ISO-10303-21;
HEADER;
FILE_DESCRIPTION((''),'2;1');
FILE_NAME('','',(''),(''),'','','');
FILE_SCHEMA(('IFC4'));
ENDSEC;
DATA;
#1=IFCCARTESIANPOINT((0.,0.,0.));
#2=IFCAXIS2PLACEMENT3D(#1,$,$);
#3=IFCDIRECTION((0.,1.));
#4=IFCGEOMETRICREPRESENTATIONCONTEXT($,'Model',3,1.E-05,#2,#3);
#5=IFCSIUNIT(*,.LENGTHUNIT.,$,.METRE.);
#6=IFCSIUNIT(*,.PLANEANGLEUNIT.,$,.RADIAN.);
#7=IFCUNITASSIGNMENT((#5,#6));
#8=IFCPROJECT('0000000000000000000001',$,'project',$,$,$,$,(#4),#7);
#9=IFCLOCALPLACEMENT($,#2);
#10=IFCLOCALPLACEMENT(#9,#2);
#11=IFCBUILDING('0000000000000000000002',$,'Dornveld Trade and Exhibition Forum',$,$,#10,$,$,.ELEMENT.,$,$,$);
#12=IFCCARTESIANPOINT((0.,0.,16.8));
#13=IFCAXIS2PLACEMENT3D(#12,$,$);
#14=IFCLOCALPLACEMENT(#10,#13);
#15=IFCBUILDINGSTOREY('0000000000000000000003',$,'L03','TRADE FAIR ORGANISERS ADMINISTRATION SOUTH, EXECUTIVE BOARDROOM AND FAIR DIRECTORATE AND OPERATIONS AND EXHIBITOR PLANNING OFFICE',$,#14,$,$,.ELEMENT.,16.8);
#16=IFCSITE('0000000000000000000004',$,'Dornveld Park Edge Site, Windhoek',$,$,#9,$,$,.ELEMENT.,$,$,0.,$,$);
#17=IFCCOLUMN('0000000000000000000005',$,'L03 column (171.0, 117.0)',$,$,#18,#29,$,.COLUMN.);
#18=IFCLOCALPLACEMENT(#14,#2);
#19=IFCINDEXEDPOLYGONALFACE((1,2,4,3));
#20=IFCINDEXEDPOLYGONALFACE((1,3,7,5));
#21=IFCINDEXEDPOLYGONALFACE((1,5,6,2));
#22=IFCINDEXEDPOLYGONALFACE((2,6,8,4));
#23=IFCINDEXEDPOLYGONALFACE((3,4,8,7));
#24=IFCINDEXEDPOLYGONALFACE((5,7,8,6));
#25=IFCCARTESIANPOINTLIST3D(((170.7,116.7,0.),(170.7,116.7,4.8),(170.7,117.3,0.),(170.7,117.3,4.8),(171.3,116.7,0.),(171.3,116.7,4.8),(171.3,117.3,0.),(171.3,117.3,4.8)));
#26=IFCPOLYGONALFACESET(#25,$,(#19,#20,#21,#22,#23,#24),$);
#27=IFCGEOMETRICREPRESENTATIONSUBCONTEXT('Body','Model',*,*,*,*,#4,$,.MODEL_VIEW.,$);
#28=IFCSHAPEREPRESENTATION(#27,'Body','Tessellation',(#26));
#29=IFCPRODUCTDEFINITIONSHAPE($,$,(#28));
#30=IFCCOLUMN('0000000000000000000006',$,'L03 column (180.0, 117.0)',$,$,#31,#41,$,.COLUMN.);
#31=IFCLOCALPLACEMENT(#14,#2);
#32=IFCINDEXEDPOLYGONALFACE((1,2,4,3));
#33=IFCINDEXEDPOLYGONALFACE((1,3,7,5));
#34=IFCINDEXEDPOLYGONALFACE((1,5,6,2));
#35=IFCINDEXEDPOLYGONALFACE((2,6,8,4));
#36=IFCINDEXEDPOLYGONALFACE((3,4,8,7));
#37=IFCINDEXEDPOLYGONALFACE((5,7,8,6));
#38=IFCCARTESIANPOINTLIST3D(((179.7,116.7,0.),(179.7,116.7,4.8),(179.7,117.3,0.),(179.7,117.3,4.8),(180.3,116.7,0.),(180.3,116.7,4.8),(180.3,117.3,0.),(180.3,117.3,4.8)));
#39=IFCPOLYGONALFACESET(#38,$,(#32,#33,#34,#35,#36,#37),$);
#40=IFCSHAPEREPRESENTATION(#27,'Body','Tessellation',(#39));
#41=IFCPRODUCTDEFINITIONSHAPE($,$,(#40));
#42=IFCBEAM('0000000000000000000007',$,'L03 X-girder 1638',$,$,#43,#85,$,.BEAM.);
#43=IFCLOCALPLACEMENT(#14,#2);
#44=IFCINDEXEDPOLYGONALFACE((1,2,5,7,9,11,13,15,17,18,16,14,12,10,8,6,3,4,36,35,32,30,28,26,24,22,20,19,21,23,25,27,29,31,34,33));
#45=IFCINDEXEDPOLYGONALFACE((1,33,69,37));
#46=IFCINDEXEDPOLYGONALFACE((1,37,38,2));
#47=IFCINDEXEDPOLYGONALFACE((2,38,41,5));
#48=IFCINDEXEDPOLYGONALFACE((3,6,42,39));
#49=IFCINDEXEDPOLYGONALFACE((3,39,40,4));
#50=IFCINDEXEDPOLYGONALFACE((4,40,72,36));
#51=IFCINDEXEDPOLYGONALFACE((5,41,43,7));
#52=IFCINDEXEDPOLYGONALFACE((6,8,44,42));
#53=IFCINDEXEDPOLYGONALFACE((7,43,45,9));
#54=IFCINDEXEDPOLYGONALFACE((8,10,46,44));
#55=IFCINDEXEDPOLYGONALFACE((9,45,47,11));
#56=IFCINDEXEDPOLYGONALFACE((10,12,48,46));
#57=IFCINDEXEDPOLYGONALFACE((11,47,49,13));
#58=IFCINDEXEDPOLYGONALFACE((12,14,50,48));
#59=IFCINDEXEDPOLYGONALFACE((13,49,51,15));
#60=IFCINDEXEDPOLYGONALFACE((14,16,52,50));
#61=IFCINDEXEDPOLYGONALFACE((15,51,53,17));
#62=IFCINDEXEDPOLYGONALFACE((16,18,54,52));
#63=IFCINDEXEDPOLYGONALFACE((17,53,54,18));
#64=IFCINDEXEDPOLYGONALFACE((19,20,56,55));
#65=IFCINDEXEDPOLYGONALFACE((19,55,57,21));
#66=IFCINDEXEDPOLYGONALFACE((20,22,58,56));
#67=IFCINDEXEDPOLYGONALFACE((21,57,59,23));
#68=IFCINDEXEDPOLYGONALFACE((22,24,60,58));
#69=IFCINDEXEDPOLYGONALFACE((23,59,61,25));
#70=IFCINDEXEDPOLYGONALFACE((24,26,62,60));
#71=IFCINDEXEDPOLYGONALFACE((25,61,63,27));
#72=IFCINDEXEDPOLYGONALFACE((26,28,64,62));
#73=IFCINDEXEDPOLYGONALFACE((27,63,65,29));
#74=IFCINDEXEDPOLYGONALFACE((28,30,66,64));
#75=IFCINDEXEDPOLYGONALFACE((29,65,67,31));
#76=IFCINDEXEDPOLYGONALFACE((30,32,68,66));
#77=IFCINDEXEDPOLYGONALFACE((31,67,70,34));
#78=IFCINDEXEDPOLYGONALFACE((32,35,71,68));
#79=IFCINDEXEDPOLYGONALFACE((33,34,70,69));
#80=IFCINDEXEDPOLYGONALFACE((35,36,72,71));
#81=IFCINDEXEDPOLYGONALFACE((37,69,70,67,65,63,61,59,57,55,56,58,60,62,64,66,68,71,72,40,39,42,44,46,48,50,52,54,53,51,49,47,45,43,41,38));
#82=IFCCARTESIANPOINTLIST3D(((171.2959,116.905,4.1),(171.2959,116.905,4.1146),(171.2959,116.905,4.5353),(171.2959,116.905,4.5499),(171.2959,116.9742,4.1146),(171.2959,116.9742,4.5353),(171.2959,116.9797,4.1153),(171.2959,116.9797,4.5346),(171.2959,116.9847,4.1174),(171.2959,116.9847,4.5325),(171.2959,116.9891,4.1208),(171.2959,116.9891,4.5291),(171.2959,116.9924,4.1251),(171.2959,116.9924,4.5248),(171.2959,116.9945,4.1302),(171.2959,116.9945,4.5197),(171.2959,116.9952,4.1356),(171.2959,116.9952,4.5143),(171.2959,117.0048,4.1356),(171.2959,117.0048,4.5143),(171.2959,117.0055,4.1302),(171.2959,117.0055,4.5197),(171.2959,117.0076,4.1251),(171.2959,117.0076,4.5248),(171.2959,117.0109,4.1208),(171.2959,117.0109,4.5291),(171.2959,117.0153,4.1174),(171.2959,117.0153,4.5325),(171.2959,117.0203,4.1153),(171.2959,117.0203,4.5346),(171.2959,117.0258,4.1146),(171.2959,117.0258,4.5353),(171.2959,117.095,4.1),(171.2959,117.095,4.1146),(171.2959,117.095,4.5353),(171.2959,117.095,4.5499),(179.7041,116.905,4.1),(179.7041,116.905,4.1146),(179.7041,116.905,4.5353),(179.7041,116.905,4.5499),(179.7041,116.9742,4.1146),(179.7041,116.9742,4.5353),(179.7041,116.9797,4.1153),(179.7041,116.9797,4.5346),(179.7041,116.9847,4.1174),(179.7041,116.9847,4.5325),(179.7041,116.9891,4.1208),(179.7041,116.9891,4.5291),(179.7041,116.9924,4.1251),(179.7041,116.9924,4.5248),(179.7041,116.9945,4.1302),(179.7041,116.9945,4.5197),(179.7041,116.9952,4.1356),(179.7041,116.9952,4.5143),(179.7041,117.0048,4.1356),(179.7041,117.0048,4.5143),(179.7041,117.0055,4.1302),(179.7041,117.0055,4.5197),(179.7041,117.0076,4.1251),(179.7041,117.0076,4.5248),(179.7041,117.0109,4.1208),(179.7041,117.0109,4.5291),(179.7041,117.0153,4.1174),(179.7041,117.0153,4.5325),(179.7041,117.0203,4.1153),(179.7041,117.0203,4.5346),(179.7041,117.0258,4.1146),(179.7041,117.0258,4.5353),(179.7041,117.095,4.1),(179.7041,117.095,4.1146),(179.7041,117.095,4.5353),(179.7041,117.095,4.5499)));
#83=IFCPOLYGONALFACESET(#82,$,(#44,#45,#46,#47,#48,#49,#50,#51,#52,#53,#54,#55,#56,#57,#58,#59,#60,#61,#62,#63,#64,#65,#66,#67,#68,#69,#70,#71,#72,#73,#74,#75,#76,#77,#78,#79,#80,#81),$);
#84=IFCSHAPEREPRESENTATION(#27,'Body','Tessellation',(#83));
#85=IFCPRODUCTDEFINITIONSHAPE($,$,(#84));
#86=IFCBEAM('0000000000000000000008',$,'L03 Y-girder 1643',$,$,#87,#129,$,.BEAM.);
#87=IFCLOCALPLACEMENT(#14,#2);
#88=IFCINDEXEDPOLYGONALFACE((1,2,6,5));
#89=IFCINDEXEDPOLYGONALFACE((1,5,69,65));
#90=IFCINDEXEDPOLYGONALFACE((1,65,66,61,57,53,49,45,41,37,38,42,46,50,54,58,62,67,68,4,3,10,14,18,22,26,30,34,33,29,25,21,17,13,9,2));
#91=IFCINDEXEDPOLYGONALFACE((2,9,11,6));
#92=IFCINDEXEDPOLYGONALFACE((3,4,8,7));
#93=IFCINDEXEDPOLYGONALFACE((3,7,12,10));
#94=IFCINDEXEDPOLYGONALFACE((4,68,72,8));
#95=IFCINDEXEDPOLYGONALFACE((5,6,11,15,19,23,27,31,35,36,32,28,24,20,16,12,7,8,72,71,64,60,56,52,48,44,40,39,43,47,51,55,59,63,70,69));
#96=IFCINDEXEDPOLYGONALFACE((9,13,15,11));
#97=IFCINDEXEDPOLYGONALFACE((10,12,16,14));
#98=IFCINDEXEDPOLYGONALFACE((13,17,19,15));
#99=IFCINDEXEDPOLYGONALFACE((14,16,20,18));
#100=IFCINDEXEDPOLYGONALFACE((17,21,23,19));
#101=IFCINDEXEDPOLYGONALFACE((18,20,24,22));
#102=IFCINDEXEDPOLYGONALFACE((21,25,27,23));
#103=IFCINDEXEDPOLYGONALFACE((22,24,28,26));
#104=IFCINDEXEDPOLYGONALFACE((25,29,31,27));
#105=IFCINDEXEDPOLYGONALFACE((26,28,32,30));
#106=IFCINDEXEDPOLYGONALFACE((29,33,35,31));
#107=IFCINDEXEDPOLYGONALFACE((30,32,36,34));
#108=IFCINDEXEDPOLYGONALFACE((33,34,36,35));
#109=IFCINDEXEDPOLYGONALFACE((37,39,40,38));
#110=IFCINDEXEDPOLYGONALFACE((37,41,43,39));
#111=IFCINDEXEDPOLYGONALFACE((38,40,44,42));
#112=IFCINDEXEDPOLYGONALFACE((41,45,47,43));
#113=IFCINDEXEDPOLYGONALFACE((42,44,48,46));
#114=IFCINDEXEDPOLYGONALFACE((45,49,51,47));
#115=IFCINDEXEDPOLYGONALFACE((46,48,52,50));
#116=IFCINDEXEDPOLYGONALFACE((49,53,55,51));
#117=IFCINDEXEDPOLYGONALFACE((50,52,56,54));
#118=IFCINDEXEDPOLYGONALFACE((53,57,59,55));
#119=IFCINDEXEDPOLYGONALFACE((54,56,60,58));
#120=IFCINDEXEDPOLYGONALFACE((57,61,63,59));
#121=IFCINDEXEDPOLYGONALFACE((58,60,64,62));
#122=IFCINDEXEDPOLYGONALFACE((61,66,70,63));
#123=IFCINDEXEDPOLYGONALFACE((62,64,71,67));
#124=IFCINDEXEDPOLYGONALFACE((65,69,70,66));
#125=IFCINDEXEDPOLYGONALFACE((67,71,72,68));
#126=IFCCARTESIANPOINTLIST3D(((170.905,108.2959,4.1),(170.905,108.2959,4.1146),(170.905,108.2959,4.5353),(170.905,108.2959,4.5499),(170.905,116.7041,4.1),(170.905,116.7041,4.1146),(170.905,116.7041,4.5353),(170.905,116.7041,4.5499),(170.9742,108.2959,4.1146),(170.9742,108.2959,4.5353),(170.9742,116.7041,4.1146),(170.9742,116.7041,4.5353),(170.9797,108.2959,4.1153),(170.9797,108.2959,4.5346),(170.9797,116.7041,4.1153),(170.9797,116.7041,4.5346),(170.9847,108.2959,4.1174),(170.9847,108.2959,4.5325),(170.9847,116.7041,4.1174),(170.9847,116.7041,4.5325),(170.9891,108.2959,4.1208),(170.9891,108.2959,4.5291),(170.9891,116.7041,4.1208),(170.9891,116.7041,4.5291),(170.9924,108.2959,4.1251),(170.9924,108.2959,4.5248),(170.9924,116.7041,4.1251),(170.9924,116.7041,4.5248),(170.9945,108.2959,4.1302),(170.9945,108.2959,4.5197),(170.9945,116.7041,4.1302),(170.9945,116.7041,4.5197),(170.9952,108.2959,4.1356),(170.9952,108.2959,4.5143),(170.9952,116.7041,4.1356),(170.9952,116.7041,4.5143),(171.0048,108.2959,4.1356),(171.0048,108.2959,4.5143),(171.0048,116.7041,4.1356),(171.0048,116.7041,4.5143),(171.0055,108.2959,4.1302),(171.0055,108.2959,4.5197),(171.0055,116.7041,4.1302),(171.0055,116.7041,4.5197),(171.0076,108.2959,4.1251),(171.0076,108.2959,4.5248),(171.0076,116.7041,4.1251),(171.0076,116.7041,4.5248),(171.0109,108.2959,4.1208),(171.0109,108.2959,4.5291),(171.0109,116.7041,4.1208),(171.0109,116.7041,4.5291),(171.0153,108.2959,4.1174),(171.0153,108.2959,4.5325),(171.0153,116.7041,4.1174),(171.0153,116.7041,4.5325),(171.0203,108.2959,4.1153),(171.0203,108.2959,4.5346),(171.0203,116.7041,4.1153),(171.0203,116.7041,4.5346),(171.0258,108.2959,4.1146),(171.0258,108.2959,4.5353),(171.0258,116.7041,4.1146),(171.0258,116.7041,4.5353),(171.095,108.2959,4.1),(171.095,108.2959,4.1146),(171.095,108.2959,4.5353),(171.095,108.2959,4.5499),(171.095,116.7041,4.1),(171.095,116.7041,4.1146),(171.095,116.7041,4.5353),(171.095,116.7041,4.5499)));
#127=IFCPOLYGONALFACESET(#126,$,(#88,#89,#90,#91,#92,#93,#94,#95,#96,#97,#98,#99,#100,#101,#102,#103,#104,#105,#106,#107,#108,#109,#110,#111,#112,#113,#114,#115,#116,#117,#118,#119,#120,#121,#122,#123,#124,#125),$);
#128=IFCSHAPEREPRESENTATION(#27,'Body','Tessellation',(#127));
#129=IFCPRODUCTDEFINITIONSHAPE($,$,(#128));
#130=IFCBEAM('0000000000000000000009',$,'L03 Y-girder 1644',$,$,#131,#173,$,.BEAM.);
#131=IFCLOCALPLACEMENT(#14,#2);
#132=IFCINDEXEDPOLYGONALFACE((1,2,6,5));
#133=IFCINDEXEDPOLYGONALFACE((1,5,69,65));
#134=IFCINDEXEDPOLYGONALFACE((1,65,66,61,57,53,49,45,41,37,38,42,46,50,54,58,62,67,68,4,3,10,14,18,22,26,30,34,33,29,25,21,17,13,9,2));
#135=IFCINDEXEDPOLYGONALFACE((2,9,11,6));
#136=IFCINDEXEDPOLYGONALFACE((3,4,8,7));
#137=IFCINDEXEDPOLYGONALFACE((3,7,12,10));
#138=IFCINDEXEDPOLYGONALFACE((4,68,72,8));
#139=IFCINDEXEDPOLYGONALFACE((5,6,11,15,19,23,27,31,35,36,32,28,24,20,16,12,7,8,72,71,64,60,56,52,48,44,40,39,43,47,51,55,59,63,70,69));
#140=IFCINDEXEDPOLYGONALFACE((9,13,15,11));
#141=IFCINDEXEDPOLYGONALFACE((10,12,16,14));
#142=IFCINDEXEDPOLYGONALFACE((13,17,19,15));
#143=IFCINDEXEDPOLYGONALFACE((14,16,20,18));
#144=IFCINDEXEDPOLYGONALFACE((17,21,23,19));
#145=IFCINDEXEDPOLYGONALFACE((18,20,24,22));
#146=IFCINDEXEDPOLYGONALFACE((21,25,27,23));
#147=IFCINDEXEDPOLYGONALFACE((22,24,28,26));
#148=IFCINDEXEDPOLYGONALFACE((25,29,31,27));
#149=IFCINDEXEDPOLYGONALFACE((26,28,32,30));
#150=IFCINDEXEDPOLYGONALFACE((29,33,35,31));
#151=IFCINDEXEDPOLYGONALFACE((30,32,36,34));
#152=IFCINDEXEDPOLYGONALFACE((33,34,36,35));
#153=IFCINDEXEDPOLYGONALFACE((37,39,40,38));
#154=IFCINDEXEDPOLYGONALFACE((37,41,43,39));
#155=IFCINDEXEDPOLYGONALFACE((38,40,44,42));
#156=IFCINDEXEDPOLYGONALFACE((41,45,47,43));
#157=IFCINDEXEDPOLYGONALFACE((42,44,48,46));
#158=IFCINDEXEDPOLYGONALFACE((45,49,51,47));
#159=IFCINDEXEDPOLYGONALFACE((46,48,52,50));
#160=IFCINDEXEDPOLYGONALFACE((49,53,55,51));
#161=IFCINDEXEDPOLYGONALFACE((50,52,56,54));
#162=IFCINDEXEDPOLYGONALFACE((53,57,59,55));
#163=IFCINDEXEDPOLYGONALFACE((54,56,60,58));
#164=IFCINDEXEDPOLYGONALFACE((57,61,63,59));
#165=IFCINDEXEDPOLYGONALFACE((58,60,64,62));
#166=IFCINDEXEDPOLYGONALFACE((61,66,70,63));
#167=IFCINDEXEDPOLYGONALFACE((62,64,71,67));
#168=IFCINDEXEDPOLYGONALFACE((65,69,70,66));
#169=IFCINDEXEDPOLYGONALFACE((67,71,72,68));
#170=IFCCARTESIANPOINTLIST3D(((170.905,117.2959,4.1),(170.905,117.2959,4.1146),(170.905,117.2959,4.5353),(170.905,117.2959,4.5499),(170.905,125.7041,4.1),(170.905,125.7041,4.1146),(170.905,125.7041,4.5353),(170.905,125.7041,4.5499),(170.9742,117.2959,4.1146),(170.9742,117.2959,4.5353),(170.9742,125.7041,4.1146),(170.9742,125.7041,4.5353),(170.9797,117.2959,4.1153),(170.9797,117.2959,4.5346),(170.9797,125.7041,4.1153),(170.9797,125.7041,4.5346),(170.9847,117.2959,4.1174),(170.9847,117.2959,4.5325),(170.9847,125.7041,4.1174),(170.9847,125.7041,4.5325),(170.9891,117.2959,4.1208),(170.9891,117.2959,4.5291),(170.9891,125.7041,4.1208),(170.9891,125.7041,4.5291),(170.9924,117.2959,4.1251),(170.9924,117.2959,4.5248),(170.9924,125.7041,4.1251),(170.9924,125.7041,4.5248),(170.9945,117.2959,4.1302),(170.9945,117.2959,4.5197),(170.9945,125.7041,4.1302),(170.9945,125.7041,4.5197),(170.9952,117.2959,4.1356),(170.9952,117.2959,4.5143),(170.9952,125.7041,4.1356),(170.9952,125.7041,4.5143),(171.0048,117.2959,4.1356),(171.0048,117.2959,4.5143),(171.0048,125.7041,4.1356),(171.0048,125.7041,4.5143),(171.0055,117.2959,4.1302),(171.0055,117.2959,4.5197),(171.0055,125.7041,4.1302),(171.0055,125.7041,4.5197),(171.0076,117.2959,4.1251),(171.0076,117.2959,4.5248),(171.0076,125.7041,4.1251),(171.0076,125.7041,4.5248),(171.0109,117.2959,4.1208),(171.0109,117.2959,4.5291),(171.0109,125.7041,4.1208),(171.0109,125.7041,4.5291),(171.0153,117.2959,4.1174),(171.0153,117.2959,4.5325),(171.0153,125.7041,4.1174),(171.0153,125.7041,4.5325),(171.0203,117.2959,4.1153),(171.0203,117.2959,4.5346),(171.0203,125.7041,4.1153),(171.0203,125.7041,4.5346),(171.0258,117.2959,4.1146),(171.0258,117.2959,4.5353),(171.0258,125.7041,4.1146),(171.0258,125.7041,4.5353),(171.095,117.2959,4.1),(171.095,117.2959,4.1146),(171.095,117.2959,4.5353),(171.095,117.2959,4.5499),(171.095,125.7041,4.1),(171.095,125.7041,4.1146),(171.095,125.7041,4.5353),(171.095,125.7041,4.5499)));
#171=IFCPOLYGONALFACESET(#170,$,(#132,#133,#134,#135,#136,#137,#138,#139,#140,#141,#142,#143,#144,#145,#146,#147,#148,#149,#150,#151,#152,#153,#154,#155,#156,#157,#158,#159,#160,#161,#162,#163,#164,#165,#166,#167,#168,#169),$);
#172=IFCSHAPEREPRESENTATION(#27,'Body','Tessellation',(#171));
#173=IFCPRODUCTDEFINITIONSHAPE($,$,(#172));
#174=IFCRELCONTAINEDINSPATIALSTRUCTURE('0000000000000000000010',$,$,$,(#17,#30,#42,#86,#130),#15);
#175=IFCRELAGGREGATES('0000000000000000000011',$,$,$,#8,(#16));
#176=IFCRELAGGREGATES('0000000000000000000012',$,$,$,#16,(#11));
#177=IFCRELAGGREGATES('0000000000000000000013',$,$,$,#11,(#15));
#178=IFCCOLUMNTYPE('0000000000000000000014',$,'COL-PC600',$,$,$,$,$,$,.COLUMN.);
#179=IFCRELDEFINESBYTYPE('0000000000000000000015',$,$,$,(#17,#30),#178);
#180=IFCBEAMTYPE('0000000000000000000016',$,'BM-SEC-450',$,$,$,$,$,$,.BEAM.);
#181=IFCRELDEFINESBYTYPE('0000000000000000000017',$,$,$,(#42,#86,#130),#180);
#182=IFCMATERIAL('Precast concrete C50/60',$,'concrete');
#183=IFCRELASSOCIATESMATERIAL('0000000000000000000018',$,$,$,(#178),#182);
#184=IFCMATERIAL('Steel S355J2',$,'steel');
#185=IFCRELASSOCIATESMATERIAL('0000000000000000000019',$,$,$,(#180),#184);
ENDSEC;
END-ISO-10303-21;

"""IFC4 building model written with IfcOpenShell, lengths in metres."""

from ifc_helpers import new_model, si_unit, direction, frame, origin, origin_2d, place, context, subcontext, project, spatial, rectangle, i_section, extrude, material, material_profile, profile_set, type_object, element, save


model = new_model("IFC4")

# Units and contexts
model_context = context("Model", 3, precision=1e-05, world=origin(), true_north=direction((0.0, 1.0)))
body_context = subcontext(model_context, "Body", "Model", "MODEL_VIEW")
ifc_project = project(units=[si_unit("LENGTHUNIT", "METRE"), si_unit("PLANEANGLEUNIT", "RADIAN")], contexts=[model_context])

# Site, building, storey
site_placement = place(None, origin())
site = spatial("IfcSite", under=ifc_project, at=site_placement, Name="Dornveld Park Edge Site, Windhoek", CompositionType="ELEMENT", RefElevation=0.0)
building_placement = place(site_placement, origin())
building = spatial("IfcBuilding", under=site, at=building_placement, Name="Dornveld Trade and Exhibition Forum", CompositionType="ELEMENT")
storey_placement = place(building_placement, frame((0.0, 0.0, 16.8)))
storey = spatial("IfcBuildingStorey", under=building, at=storey_placement, Name="L03", Description="TRADE FAIR ORGANISERS ADMINISTRATION SOUTH, EXECUTIVE BOARDROOM AND FAIR DIRECTORATE AND OPERATIONS AND EXHIBITOR PLANNING OFFICE", CompositionType="ELEMENT", Elevation=16.8)

# Columns
ifc_material_1 = material(Name="Precast concrete C50/60", Category="concrete")
ifc_material_profile_1 = material_profile(ifc_material_1, rectangle(XDim=0.6001, YDim=0.6001, at=origin_2d()), Name="PC-COL 600x600")
ifc_profile_set_1 = profile_set([ifc_material_profile_1], Name="Precast concrete C50/60")
column_type = type_object("IfcColumnType", Name="COL-PC600", PredefinedType="COLUMN", material=ifc_profile_set_1)
for number, where, z_axis, x_axis, name in (
    (1, (171.0, 117.0, 0.0), (0.0, 0.0, 1.0), (1.0, 0.0, 0.0), "L03 column (171.0, 117.0)"),
    (2, (180.0, 117.0, 0.0), (0.0, 0.0, 1.0), (1.0, 0.0, 0.0), "L03 column (180.0, 117.0)"),
):
    element("IfcColumn", number, at=place(storey_placement, frame(where, z_axis=z_axis, x_axis=x_axis)), inside=storey, type_object=column_type, Name=name, PredefinedType="COLUMN", context=body_context, shape_type="SweptSolid", body=[
        extrude(rectangle(XDim=0.6001, YDim=0.6001, at=origin_2d()), origin(), (0.0, 0.0, 1.0), 4.8),
    ])

# Beams
ifc_material_2 = material(Name="Steel S355J2", Category="steel")
ifc_material_profile_2 = material_profile(ifc_material_2, i_section(OverallWidth=0.1899, OverallDepth=0.45, WebThickness=0.0095, FlangeThickness=0.0146, FilletRadius=0.021, at=origin_2d()), Name="IPE 450")
ifc_profile_set_2 = profile_set([ifc_material_profile_2], Name="Steel S355J2")
beam_type = type_object("IfcBeamType", Name="BM-SEC-450", PredefinedType="BEAM", material=ifc_profile_set_2)
for number, where, z_axis, x_axis, name in (
    (3, (171.2959, 117.0, 4.325), (1.0, 0.0, 0.0), (0.0, 1.0, 0.0), "L03 X-girder 1638"),
    (4, (171.0, 108.2959, 4.325), (0.0, 1.0, 0.0), (-1.0, 0.0, 0.0), "L03 Y-girder 1643"),
    (5, (171.0, 117.2959, 4.325), (0.0, 1.0, 0.0), (-1.0, 0.0, 0.0), "L03 Y-girder 1644"),
):
    element("IfcBeam", number, at=place(storey_placement, frame(where, z_axis=z_axis, x_axis=x_axis)), inside=storey, type_object=beam_type, Name=name, PredefinedType="BEAM", context=body_context, shape_type="SweptSolid", body=[
        extrude(i_section(OverallWidth=0.1899, OverallDepth=0.45, WebThickness=0.0095, FlangeThickness=0.0146, FilletRadius=0.021, at=origin_2d()), origin(), (0.0, 0.0, 1.0), 8.4082),
    ])

save(model, "model.ifc")
